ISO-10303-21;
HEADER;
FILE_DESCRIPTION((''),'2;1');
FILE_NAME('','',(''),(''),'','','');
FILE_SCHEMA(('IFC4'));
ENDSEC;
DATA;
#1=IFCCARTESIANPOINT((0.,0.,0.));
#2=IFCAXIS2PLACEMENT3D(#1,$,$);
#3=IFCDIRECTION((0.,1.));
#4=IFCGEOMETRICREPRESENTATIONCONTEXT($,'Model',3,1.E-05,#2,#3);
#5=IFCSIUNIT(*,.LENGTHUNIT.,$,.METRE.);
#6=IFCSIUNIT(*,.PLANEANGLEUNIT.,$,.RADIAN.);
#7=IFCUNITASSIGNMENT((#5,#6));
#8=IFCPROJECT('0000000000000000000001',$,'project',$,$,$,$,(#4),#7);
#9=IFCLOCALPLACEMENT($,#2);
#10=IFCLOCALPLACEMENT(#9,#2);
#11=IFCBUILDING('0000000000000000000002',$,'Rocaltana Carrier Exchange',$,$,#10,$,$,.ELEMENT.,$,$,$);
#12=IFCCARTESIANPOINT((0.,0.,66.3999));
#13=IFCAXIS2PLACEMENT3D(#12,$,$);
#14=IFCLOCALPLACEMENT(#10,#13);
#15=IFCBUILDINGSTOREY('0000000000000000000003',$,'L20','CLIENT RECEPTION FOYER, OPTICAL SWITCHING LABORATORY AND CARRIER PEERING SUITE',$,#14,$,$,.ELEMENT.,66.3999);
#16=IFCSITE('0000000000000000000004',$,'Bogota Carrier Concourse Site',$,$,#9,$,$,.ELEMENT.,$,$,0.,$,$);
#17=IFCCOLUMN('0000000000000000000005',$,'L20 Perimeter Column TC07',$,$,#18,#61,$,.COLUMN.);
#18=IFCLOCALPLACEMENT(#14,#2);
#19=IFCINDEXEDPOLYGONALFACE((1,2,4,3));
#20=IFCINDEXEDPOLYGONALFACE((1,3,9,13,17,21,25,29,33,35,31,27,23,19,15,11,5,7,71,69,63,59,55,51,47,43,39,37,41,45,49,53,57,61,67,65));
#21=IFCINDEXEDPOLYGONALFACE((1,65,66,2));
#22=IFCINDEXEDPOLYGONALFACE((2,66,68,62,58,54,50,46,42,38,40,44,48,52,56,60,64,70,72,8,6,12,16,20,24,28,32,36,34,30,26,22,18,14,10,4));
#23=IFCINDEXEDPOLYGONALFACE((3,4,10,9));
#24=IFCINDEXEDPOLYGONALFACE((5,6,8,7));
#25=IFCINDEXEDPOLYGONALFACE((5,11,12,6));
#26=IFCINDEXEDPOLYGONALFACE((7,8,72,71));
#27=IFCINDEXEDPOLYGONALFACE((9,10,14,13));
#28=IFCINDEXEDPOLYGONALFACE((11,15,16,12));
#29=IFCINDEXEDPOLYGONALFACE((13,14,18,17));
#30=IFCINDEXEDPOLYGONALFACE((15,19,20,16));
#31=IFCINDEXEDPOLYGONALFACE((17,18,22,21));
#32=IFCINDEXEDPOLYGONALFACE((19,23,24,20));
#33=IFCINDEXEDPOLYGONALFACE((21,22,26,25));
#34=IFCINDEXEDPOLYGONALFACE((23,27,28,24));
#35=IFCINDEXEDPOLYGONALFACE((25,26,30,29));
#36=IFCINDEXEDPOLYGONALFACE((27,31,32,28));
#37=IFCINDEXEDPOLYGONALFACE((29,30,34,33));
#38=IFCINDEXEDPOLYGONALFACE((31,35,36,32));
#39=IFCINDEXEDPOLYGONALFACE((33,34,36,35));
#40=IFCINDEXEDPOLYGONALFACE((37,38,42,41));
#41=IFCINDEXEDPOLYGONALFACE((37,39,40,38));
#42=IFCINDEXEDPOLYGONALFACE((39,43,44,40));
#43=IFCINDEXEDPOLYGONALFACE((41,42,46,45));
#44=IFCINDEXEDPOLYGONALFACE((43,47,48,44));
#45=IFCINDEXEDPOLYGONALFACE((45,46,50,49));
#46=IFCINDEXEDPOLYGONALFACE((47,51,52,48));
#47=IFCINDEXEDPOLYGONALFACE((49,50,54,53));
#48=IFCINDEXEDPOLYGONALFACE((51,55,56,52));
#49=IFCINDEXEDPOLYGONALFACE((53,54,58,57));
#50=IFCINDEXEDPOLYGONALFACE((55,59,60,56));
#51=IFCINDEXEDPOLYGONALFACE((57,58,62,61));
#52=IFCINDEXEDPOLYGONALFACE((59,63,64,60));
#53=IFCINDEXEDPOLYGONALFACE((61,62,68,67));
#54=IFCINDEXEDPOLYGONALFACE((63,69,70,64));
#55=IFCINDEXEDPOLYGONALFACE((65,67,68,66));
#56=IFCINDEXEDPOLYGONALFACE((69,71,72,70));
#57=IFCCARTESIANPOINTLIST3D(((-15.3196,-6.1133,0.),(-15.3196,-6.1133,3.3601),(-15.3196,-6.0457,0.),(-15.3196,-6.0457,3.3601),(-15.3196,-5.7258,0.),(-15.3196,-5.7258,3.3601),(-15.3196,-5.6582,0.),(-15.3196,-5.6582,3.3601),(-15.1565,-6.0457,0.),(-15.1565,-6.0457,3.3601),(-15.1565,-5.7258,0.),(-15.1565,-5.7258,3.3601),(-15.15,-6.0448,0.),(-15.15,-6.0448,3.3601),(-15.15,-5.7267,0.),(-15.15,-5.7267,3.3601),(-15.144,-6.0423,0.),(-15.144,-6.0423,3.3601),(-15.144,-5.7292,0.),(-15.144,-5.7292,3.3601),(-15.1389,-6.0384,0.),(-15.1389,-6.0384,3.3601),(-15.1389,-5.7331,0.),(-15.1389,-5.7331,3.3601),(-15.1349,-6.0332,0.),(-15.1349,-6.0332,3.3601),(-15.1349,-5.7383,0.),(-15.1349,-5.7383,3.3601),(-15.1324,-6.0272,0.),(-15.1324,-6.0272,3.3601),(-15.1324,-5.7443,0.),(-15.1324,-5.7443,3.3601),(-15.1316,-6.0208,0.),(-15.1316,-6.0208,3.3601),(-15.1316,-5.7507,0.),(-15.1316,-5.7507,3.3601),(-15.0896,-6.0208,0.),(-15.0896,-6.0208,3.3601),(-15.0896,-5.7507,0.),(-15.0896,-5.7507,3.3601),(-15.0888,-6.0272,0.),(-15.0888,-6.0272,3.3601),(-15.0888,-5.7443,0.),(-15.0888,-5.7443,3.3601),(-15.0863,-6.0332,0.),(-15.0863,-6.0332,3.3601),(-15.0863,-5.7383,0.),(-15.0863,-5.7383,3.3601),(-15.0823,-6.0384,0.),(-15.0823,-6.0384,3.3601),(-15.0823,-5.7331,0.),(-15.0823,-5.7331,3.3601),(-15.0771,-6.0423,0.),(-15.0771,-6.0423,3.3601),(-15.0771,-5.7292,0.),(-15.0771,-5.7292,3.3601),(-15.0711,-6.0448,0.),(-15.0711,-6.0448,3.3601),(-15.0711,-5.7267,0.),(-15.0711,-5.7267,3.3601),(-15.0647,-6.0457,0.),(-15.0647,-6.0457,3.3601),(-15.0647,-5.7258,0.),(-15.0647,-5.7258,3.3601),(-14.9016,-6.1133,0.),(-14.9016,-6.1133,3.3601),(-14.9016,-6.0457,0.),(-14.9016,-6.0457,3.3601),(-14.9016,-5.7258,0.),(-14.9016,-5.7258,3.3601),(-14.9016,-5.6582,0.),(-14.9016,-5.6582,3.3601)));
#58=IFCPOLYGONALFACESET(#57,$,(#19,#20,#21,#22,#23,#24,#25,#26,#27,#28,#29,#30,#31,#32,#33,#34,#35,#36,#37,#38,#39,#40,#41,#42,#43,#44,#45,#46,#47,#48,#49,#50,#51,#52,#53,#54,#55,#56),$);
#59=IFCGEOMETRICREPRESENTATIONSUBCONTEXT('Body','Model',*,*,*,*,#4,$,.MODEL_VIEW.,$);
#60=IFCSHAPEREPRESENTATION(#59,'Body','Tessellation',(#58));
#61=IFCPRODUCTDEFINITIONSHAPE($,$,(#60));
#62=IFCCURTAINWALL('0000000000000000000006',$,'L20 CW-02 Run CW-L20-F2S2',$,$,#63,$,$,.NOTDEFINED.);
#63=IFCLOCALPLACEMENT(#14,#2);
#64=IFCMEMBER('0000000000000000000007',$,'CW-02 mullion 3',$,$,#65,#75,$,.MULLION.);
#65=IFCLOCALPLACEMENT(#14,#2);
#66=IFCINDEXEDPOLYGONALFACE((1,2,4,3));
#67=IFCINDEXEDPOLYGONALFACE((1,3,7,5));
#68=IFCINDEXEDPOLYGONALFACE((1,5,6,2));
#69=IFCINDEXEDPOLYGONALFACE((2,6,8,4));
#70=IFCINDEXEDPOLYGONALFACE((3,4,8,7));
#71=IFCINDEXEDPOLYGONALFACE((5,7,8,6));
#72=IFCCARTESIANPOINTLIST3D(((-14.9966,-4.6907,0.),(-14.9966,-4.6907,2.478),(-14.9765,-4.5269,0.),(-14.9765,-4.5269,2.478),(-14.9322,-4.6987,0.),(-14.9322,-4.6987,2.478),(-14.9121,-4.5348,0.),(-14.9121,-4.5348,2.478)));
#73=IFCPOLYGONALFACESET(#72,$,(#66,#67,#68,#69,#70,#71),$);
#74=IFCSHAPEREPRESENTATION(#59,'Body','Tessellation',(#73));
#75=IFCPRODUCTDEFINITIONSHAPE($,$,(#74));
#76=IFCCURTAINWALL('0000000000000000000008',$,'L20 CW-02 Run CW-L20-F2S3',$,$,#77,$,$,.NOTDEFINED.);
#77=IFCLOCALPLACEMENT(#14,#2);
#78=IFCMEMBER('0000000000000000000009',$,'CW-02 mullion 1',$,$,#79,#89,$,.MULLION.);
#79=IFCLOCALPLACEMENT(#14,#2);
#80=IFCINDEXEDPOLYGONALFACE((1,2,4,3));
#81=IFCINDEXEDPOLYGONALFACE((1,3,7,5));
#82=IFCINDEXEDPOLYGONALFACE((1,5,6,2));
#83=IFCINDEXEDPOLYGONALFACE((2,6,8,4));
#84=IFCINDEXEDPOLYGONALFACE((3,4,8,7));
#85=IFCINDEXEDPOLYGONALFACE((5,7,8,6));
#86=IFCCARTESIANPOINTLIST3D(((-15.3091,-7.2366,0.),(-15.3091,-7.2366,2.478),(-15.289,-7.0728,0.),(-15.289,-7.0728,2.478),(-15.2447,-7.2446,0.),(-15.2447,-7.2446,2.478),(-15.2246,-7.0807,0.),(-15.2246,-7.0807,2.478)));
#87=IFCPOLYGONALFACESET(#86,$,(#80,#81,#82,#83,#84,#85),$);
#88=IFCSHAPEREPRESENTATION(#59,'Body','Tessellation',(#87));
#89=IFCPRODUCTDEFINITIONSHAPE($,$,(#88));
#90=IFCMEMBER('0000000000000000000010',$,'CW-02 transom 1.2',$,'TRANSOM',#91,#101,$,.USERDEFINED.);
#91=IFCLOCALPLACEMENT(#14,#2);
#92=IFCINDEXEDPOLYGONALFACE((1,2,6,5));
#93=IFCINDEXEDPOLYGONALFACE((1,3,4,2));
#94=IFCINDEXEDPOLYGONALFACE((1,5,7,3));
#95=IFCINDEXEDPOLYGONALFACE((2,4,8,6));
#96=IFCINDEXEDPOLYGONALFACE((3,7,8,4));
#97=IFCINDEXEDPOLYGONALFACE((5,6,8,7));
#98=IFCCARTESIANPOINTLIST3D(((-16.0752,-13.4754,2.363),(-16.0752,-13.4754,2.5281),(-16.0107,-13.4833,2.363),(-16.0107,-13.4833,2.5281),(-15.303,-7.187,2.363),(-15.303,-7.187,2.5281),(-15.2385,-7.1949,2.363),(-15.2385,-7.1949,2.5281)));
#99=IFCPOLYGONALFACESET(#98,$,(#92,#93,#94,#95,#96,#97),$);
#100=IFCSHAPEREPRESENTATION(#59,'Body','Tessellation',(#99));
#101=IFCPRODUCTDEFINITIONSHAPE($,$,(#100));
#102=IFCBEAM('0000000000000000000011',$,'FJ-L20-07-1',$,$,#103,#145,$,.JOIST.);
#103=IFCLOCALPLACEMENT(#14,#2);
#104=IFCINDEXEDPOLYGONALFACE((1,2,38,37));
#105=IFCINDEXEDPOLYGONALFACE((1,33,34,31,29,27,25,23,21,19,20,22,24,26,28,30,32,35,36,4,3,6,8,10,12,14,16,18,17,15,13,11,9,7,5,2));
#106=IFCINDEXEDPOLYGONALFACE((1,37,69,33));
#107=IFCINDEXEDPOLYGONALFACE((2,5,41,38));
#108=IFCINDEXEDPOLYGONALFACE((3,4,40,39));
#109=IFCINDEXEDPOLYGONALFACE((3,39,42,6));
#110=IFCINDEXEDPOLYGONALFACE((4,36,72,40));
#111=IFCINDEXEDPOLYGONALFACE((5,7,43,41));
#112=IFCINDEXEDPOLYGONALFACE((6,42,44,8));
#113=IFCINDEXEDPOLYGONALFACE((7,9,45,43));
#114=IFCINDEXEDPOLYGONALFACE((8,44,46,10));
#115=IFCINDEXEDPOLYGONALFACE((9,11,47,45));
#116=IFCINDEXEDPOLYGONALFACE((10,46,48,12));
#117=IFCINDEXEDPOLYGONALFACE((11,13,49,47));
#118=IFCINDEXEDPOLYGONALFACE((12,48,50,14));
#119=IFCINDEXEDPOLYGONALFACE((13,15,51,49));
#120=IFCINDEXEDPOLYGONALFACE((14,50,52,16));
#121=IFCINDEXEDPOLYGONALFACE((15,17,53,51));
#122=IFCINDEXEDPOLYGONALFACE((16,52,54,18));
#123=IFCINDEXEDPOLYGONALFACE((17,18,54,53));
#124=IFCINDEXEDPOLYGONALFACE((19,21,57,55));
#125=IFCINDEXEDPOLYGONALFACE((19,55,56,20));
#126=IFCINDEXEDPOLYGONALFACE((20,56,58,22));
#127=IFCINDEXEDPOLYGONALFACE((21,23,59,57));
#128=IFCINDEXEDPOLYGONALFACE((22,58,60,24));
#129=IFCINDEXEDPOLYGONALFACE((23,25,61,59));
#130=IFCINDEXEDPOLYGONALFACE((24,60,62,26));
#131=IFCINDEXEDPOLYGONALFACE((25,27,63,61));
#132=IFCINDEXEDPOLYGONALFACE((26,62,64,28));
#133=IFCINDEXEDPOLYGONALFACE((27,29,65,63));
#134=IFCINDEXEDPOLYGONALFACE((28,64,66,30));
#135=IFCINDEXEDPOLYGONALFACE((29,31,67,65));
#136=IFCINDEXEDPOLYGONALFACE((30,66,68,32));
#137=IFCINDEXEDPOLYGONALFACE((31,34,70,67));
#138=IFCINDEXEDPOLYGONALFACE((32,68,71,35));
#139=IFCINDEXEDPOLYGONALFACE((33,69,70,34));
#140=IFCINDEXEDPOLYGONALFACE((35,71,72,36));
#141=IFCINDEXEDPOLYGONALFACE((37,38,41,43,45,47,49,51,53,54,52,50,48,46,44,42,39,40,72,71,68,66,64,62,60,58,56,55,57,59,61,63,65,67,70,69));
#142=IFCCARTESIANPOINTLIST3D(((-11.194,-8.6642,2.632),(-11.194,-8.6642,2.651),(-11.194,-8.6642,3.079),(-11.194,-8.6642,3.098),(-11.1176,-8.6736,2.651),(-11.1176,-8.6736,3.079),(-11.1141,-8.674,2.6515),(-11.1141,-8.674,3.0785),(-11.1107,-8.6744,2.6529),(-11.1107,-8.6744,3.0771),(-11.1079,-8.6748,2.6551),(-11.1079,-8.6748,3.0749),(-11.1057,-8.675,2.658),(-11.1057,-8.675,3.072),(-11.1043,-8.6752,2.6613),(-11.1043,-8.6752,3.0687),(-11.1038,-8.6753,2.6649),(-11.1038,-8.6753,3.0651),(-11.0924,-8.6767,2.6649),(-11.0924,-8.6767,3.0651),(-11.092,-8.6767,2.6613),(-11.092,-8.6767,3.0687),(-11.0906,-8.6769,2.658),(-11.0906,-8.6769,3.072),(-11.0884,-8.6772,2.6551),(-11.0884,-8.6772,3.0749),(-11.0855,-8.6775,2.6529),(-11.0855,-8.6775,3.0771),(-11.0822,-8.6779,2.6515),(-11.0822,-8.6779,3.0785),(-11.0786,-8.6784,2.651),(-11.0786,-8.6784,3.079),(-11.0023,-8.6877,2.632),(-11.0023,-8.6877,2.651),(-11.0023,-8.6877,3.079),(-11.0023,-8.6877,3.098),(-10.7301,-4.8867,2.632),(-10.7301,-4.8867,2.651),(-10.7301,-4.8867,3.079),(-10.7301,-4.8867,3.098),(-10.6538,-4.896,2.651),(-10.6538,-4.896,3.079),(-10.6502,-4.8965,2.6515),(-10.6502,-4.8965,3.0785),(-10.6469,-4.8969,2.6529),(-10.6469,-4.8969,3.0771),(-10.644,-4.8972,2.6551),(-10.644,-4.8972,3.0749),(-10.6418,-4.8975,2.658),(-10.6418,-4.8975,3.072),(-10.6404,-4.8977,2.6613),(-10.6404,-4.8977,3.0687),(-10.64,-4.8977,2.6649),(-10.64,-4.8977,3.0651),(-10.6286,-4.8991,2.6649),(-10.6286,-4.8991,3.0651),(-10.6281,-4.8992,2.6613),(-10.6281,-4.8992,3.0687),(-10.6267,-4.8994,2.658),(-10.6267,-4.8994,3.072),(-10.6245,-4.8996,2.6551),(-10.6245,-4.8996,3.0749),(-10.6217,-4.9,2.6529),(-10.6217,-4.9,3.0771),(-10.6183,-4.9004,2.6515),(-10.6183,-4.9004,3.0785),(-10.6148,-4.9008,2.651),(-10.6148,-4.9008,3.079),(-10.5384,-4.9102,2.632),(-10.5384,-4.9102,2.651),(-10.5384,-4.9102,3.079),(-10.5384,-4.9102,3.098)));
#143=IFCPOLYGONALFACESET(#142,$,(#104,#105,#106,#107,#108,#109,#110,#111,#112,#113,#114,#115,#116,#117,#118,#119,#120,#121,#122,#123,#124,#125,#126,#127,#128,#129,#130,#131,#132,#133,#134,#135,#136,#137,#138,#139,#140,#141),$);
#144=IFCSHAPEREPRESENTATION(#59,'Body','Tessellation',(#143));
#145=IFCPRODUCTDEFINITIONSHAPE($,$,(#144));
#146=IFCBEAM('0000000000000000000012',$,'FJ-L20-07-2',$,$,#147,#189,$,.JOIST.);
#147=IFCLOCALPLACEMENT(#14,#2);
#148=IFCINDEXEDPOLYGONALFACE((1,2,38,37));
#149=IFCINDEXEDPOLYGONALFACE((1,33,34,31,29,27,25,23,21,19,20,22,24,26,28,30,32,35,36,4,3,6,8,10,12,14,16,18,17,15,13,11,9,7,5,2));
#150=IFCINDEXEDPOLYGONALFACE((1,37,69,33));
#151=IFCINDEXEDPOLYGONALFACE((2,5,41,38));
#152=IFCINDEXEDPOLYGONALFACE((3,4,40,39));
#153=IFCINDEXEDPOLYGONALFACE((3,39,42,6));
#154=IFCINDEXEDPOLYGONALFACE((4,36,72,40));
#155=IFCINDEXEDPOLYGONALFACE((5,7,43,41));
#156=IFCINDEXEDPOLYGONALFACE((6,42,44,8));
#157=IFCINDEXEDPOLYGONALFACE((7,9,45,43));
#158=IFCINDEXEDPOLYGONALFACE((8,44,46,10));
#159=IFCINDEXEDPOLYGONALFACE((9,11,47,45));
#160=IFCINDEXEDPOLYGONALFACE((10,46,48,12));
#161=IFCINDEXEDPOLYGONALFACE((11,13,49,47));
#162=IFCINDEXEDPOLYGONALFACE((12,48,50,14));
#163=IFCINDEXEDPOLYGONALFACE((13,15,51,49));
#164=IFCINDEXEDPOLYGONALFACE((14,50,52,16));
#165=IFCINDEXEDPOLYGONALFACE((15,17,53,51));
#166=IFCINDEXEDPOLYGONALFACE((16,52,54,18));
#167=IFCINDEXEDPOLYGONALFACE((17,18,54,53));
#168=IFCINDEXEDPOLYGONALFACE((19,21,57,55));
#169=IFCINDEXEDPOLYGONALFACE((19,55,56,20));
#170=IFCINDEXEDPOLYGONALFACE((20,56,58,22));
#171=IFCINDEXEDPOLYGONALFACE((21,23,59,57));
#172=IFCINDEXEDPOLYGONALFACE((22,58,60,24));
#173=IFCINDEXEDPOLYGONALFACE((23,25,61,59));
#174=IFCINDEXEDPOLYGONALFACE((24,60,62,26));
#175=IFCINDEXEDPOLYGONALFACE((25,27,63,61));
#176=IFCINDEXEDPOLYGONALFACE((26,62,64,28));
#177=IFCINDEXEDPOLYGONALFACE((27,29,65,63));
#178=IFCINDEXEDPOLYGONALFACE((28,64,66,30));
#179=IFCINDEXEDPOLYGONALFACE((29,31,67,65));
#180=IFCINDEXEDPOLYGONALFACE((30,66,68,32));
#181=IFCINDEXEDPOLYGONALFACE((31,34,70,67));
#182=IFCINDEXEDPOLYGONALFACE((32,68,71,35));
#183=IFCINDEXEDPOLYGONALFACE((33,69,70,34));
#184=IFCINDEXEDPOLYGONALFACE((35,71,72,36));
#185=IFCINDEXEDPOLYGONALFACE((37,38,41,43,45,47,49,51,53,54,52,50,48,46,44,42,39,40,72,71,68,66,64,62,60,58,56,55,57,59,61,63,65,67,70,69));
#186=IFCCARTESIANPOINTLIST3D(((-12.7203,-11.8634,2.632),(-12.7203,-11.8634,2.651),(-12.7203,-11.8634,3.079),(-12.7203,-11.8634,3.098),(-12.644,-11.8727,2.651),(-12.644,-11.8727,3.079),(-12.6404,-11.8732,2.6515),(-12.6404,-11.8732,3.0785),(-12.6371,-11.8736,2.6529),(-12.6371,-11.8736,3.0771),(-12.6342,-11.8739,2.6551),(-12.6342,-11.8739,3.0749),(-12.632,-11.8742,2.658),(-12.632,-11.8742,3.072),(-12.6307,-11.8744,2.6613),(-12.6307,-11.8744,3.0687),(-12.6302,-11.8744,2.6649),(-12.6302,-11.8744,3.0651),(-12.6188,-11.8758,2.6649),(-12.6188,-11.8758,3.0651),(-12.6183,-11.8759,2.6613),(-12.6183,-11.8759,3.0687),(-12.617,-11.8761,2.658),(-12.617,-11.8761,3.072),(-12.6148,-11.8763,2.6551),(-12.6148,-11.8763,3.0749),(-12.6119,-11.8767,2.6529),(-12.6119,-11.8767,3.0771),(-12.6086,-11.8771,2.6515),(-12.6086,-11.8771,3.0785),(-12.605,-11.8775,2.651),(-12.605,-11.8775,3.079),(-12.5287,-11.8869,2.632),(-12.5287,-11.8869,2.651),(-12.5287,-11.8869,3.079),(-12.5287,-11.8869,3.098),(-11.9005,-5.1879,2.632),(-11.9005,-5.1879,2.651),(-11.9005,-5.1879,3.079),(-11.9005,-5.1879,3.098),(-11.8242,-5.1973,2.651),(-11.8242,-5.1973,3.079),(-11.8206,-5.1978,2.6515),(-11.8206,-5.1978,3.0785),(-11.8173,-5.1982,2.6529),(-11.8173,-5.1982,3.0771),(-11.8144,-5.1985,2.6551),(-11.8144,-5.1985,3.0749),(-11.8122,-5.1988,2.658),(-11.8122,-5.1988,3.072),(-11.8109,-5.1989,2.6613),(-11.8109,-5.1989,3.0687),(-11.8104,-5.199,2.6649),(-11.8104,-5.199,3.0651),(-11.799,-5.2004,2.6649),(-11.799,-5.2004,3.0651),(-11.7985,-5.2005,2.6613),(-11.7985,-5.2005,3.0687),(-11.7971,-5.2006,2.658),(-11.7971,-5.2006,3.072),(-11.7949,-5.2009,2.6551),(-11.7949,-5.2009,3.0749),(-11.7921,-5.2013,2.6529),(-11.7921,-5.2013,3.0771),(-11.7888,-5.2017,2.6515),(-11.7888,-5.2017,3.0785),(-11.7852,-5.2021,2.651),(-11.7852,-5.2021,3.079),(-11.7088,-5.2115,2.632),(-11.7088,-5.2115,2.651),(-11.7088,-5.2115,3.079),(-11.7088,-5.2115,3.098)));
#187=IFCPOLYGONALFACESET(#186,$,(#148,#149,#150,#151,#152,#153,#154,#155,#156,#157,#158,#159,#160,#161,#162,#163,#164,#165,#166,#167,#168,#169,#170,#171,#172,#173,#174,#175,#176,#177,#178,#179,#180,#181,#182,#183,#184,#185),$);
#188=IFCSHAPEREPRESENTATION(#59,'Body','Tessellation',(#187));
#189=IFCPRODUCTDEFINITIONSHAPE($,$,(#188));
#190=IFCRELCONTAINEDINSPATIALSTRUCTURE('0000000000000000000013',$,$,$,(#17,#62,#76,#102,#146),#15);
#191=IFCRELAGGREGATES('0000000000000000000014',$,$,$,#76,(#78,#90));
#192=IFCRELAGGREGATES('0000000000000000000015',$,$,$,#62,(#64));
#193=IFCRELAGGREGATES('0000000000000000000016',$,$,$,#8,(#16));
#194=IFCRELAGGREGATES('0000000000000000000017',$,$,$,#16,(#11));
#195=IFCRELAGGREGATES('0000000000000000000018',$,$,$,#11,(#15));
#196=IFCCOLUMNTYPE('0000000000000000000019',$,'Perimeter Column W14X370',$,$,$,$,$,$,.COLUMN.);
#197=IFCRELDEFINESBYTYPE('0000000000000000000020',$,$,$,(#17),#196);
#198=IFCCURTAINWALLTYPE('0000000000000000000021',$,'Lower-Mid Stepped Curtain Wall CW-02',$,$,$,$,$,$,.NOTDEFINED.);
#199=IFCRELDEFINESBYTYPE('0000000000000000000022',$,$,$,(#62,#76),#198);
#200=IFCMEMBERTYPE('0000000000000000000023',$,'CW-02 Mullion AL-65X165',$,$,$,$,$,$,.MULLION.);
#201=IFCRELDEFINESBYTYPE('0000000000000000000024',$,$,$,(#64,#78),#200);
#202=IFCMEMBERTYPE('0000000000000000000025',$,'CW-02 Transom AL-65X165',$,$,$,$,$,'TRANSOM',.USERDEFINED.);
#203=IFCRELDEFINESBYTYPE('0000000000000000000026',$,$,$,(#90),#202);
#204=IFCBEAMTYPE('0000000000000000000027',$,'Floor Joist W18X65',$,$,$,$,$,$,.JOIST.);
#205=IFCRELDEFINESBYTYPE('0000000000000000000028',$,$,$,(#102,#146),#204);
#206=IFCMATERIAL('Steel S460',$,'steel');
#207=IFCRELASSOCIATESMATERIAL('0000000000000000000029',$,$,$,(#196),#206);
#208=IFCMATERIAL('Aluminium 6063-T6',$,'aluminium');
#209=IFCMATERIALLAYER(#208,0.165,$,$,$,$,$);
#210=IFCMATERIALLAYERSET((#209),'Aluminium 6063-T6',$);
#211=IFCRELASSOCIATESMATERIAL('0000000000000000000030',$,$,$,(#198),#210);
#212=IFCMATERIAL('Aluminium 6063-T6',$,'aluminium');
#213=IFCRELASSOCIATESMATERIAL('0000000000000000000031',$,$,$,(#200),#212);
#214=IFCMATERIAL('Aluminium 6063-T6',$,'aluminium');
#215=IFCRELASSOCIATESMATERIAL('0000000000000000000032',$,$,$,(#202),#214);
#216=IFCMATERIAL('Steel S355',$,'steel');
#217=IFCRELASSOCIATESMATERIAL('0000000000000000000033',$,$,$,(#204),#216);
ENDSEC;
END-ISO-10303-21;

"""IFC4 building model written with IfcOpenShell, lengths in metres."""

from ifc_helpers import new_model, si_unit, direction, frame, origin, origin_2d, place, context, subcontext, project, spatial, rectangle, i_section, extrude, material, layer, layer_set, material_profile, profile_set, type_object, element, aggregate, save


model = new_model("IFC4")

# Units and contexts
model_context = context("Model", 3, precision=1e-05, world=origin(), true_north=direction((0.0, 1.0)))
body_context = subcontext(model_context, "Body", "Model", "MODEL_VIEW")
ifc_project = project(units=[si_unit("LENGTHUNIT", "METRE"), si_unit("PLANEANGLEUNIT", "RADIAN")], contexts=[model_context])

# Site, building, storey
site_placement = place(None, origin())
site = spatial("IfcSite", under=ifc_project, at=site_placement, Name="Bogota Carrier Concourse Site", CompositionType="ELEMENT", RefElevation=0.0)
building_placement = place(site_placement, origin())
building = spatial("IfcBuilding", under=site, at=building_placement, Name="Rocaltana Carrier Exchange", CompositionType="ELEMENT")
storey_placement = place(building_placement, frame((0.0, 0.0, 66.3999)))
storey = spatial("IfcBuildingStorey", under=building, at=storey_placement, Name="L20", Description="CLIENT RECEPTION FOYER, OPTICAL SWITCHING LABORATORY AND CARRIER PEERING SUITE", CompositionType="ELEMENT", Elevation=66.3999)

# Column
ifc_material_1 = material(Name="Steel S460", Category="steel")
ifc_material_profile_1 = material_profile(ifc_material_1, i_section(OverallWidth=0.418, OverallDepth=0.4551, WebThickness=0.042, FlangeThickness=0.0676, FilletRadius=0.0249, at=origin_2d()), Name="W14X370")
ifc_profile_set_1 = profile_set([ifc_material_profile_1], Name="Steel S460")
column_type = type_object("IfcColumnType", Name="Perimeter Column W14X370", PredefinedType="COLUMN", material=ifc_profile_set_1)
column_placement = place(storey_placement, frame((-15.1106, -5.8857, 0.0), z_axis=(0.0, 0.0, 1.0), x_axis=(1.0, 0.0, 0.0)))
element("IfcColumn", 1, at=column_placement, inside=storey, type_object=column_type, Name="L20 Perimeter Column TC07", PredefinedType="COLUMN", context=body_context, shape_type="SweptSolid", body=[
    extrude(i_section(OverallWidth=0.418, OverallDepth=0.4551, WebThickness=0.042, FlangeThickness=0.0676, FilletRadius=0.0249, at=origin_2d()), origin(), (0.0, 0.0, 1.0), 3.3601),
])

# Curtain wall, member
ifc_material_2 = material(Name="Aluminium 6063-T6", Category="aluminium")
ifc_layer_1 = layer(ifc_material_2, 0.165)
ifc_layer_set_1 = layer_set([ifc_layer_1], Name="Aluminium 6063-T6")
curtain_wall_type = type_object("IfcCurtainWallType", Name="Lower-Mid Stepped Curtain Wall CW-02", PredefinedType="NOTDEFINED", material=ifc_layer_set_1)
curtain_wall_1_placement = place(storey_placement, origin())
curtain_wall_1 = element("IfcCurtainWall", 2, at=curtain_wall_1_placement, inside=storey, type_object=curtain_wall_type, Name="L20 CW-02 Run CW-L20-F2S2", PredefinedType="NOTDEFINED")
ifc_material_3 = material(Name="Aluminium 6063-T6", Category="aluminium")
ifc_material_profile_2 = material_profile(ifc_material_3, rectangle(XDim=0.0649, YDim=0.165, at=origin_2d()), Name="AL-65X165")
ifc_profile_set_2 = profile_set([ifc_material_profile_2], Name="Aluminium 6063-T6")
member_type_1 = type_object("IfcMemberType", Name="CW-02 Mullion AL-65X165", PredefinedType="MULLION", material=ifc_profile_set_2)
member_1_placement = place(storey_placement, frame((-14.9543, -4.6128, 0.0), z_axis=(0.0, 0.0, 1.0), x_axis=(0.992546, -0.121874, 0.0)))
member_1 = element("IfcMember", 3, at=member_1_placement, type_object=member_type_1, Name="CW-02 mullion 3", PredefinedType="MULLION", context=body_context, shape_type="SweptSolid", body=[
    extrude(rectangle(XDim=0.0649, YDim=0.165, at=origin_2d()), origin(), (0.0, 0.0, 1.0), 2.478),
])

# Curtain wall, members
curtain_wall_2_placement = place(storey_placement, origin())
curtain_wall_2 = element("IfcCurtainWall", 4, at=curtain_wall_2_placement, inside=storey, type_object=curtain_wall_type, Name="L20 CW-02 Run CW-L20-F2S3", PredefinedType="NOTDEFINED")
member_2_placement = place(storey_placement, frame((-15.2668, -7.1587, 0.0), z_axis=(0.0, 0.0, 1.0), x_axis=(0.992545, -0.121881, 0.0)))
member_2 = element("IfcMember", 5, at=member_2_placement, type_object=member_type_1, Name="CW-02 mullion 1", PredefinedType="MULLION", context=body_context, shape_type="SweptSolid", body=[
    extrude(rectangle(XDim=0.0649, YDim=0.165, at=origin_2d()), origin(), (0.0, 0.0, 1.0), 2.478),
])
ifc_material_4 = material(Name="Aluminium 6063-T6", Category="aluminium")
ifc_material_profile_3 = material_profile(ifc_material_4, rectangle(XDim=0.0649, YDim=0.165, at=origin_2d()), Name="AL-65X165")
ifc_profile_set_3 = profile_set([ifc_material_profile_3], Name="Aluminium 6063-T6")
member_type_2 = type_object("IfcMemberType", Name="CW-02 Transom AL-65X165", ElementType="TRANSOM", PredefinedType="USERDEFINED", material=ifc_profile_set_3)
member_3_placement = place(storey_placement, frame((-15.2708, -7.1909, 2.4456), z_axis=(-0.121881, -0.992545, 0.0), x_axis=(0.992545, -0.121881, 0.0)))
member_3 = element("IfcMember", 6, at=member_3_placement, type_object=member_type_2, Name="CW-02 transom 1.2", ObjectType="TRANSOM", PredefinedType="USERDEFINED", context=body_context, shape_type="SweptSolid", body=[
    extrude(rectangle(XDim=0.0649, YDim=0.165, at=origin_2d()), origin(), (0.0, 0.0, 1.0), 6.3357),
])
aggregate(curtain_wall_2, [member_2, member_3])

# Beams
ifc_material_5 = material(Name="Steel S355", Category="steel")
ifc_material_profile_4 = material_profile(ifc_material_5, i_section(OverallWidth=0.1931, OverallDepth=0.4661, WebThickness=0.0115, FlangeThickness=0.019, FilletRadius=0.0139, at=origin_2d()), Name="W18X65")
ifc_profile_set_4 = profile_set([ifc_material_profile_4], Name="Steel S355")
beam_type_1 = type_object("IfcBeamType", Name="Floor Joist W18X65", PredefinedType="JOIST", material=ifc_profile_set_4)
beam_1_placement = place(storey_placement, frame((-10.6343, -4.8984, 2.865), z_axis=(-0.121879, -0.992545, 0.0), x_axis=(0.992545, -0.121879, 0.0)))
element("IfcBeam", 7, at=beam_1_placement, inside=storey, type_object=beam_type_1, Name="FJ-L20-07-1", PredefinedType="JOIST", context=body_context, shape_type="SweptSolid", body=[
    extrude(i_section(OverallWidth=0.1931, OverallDepth=0.4661, WebThickness=0.0115, FlangeThickness=0.019, FilletRadius=0.0139, at=origin_2d()), origin(), (0.0, 0.0, 1.0), 3.8059),
])
beam_2_placement = place(storey_placement, frame((-11.8047, -5.1997, 2.865), z_axis=(-0.121894, -0.992543, 0.0), x_axis=(0.992543, -0.121894, 0.0)))
element("IfcBeam", 8, at=beam_2_placement, inside=storey, type_object=beam_type_1, Name="FJ-L20-07-2", PredefinedType="JOIST", context=body_context, shape_type="SweptSolid", body=[
    extrude(i_section(OverallWidth=0.1931, OverallDepth=0.4661, WebThickness=0.0115, FlangeThickness=0.019, FilletRadius=0.0139, at=origin_2d()), origin(), (0.0, 0.0, 1.0), 6.7256),
])

aggregate(curtain_wall_1, [member_1])

save(model, "model.ifc")
